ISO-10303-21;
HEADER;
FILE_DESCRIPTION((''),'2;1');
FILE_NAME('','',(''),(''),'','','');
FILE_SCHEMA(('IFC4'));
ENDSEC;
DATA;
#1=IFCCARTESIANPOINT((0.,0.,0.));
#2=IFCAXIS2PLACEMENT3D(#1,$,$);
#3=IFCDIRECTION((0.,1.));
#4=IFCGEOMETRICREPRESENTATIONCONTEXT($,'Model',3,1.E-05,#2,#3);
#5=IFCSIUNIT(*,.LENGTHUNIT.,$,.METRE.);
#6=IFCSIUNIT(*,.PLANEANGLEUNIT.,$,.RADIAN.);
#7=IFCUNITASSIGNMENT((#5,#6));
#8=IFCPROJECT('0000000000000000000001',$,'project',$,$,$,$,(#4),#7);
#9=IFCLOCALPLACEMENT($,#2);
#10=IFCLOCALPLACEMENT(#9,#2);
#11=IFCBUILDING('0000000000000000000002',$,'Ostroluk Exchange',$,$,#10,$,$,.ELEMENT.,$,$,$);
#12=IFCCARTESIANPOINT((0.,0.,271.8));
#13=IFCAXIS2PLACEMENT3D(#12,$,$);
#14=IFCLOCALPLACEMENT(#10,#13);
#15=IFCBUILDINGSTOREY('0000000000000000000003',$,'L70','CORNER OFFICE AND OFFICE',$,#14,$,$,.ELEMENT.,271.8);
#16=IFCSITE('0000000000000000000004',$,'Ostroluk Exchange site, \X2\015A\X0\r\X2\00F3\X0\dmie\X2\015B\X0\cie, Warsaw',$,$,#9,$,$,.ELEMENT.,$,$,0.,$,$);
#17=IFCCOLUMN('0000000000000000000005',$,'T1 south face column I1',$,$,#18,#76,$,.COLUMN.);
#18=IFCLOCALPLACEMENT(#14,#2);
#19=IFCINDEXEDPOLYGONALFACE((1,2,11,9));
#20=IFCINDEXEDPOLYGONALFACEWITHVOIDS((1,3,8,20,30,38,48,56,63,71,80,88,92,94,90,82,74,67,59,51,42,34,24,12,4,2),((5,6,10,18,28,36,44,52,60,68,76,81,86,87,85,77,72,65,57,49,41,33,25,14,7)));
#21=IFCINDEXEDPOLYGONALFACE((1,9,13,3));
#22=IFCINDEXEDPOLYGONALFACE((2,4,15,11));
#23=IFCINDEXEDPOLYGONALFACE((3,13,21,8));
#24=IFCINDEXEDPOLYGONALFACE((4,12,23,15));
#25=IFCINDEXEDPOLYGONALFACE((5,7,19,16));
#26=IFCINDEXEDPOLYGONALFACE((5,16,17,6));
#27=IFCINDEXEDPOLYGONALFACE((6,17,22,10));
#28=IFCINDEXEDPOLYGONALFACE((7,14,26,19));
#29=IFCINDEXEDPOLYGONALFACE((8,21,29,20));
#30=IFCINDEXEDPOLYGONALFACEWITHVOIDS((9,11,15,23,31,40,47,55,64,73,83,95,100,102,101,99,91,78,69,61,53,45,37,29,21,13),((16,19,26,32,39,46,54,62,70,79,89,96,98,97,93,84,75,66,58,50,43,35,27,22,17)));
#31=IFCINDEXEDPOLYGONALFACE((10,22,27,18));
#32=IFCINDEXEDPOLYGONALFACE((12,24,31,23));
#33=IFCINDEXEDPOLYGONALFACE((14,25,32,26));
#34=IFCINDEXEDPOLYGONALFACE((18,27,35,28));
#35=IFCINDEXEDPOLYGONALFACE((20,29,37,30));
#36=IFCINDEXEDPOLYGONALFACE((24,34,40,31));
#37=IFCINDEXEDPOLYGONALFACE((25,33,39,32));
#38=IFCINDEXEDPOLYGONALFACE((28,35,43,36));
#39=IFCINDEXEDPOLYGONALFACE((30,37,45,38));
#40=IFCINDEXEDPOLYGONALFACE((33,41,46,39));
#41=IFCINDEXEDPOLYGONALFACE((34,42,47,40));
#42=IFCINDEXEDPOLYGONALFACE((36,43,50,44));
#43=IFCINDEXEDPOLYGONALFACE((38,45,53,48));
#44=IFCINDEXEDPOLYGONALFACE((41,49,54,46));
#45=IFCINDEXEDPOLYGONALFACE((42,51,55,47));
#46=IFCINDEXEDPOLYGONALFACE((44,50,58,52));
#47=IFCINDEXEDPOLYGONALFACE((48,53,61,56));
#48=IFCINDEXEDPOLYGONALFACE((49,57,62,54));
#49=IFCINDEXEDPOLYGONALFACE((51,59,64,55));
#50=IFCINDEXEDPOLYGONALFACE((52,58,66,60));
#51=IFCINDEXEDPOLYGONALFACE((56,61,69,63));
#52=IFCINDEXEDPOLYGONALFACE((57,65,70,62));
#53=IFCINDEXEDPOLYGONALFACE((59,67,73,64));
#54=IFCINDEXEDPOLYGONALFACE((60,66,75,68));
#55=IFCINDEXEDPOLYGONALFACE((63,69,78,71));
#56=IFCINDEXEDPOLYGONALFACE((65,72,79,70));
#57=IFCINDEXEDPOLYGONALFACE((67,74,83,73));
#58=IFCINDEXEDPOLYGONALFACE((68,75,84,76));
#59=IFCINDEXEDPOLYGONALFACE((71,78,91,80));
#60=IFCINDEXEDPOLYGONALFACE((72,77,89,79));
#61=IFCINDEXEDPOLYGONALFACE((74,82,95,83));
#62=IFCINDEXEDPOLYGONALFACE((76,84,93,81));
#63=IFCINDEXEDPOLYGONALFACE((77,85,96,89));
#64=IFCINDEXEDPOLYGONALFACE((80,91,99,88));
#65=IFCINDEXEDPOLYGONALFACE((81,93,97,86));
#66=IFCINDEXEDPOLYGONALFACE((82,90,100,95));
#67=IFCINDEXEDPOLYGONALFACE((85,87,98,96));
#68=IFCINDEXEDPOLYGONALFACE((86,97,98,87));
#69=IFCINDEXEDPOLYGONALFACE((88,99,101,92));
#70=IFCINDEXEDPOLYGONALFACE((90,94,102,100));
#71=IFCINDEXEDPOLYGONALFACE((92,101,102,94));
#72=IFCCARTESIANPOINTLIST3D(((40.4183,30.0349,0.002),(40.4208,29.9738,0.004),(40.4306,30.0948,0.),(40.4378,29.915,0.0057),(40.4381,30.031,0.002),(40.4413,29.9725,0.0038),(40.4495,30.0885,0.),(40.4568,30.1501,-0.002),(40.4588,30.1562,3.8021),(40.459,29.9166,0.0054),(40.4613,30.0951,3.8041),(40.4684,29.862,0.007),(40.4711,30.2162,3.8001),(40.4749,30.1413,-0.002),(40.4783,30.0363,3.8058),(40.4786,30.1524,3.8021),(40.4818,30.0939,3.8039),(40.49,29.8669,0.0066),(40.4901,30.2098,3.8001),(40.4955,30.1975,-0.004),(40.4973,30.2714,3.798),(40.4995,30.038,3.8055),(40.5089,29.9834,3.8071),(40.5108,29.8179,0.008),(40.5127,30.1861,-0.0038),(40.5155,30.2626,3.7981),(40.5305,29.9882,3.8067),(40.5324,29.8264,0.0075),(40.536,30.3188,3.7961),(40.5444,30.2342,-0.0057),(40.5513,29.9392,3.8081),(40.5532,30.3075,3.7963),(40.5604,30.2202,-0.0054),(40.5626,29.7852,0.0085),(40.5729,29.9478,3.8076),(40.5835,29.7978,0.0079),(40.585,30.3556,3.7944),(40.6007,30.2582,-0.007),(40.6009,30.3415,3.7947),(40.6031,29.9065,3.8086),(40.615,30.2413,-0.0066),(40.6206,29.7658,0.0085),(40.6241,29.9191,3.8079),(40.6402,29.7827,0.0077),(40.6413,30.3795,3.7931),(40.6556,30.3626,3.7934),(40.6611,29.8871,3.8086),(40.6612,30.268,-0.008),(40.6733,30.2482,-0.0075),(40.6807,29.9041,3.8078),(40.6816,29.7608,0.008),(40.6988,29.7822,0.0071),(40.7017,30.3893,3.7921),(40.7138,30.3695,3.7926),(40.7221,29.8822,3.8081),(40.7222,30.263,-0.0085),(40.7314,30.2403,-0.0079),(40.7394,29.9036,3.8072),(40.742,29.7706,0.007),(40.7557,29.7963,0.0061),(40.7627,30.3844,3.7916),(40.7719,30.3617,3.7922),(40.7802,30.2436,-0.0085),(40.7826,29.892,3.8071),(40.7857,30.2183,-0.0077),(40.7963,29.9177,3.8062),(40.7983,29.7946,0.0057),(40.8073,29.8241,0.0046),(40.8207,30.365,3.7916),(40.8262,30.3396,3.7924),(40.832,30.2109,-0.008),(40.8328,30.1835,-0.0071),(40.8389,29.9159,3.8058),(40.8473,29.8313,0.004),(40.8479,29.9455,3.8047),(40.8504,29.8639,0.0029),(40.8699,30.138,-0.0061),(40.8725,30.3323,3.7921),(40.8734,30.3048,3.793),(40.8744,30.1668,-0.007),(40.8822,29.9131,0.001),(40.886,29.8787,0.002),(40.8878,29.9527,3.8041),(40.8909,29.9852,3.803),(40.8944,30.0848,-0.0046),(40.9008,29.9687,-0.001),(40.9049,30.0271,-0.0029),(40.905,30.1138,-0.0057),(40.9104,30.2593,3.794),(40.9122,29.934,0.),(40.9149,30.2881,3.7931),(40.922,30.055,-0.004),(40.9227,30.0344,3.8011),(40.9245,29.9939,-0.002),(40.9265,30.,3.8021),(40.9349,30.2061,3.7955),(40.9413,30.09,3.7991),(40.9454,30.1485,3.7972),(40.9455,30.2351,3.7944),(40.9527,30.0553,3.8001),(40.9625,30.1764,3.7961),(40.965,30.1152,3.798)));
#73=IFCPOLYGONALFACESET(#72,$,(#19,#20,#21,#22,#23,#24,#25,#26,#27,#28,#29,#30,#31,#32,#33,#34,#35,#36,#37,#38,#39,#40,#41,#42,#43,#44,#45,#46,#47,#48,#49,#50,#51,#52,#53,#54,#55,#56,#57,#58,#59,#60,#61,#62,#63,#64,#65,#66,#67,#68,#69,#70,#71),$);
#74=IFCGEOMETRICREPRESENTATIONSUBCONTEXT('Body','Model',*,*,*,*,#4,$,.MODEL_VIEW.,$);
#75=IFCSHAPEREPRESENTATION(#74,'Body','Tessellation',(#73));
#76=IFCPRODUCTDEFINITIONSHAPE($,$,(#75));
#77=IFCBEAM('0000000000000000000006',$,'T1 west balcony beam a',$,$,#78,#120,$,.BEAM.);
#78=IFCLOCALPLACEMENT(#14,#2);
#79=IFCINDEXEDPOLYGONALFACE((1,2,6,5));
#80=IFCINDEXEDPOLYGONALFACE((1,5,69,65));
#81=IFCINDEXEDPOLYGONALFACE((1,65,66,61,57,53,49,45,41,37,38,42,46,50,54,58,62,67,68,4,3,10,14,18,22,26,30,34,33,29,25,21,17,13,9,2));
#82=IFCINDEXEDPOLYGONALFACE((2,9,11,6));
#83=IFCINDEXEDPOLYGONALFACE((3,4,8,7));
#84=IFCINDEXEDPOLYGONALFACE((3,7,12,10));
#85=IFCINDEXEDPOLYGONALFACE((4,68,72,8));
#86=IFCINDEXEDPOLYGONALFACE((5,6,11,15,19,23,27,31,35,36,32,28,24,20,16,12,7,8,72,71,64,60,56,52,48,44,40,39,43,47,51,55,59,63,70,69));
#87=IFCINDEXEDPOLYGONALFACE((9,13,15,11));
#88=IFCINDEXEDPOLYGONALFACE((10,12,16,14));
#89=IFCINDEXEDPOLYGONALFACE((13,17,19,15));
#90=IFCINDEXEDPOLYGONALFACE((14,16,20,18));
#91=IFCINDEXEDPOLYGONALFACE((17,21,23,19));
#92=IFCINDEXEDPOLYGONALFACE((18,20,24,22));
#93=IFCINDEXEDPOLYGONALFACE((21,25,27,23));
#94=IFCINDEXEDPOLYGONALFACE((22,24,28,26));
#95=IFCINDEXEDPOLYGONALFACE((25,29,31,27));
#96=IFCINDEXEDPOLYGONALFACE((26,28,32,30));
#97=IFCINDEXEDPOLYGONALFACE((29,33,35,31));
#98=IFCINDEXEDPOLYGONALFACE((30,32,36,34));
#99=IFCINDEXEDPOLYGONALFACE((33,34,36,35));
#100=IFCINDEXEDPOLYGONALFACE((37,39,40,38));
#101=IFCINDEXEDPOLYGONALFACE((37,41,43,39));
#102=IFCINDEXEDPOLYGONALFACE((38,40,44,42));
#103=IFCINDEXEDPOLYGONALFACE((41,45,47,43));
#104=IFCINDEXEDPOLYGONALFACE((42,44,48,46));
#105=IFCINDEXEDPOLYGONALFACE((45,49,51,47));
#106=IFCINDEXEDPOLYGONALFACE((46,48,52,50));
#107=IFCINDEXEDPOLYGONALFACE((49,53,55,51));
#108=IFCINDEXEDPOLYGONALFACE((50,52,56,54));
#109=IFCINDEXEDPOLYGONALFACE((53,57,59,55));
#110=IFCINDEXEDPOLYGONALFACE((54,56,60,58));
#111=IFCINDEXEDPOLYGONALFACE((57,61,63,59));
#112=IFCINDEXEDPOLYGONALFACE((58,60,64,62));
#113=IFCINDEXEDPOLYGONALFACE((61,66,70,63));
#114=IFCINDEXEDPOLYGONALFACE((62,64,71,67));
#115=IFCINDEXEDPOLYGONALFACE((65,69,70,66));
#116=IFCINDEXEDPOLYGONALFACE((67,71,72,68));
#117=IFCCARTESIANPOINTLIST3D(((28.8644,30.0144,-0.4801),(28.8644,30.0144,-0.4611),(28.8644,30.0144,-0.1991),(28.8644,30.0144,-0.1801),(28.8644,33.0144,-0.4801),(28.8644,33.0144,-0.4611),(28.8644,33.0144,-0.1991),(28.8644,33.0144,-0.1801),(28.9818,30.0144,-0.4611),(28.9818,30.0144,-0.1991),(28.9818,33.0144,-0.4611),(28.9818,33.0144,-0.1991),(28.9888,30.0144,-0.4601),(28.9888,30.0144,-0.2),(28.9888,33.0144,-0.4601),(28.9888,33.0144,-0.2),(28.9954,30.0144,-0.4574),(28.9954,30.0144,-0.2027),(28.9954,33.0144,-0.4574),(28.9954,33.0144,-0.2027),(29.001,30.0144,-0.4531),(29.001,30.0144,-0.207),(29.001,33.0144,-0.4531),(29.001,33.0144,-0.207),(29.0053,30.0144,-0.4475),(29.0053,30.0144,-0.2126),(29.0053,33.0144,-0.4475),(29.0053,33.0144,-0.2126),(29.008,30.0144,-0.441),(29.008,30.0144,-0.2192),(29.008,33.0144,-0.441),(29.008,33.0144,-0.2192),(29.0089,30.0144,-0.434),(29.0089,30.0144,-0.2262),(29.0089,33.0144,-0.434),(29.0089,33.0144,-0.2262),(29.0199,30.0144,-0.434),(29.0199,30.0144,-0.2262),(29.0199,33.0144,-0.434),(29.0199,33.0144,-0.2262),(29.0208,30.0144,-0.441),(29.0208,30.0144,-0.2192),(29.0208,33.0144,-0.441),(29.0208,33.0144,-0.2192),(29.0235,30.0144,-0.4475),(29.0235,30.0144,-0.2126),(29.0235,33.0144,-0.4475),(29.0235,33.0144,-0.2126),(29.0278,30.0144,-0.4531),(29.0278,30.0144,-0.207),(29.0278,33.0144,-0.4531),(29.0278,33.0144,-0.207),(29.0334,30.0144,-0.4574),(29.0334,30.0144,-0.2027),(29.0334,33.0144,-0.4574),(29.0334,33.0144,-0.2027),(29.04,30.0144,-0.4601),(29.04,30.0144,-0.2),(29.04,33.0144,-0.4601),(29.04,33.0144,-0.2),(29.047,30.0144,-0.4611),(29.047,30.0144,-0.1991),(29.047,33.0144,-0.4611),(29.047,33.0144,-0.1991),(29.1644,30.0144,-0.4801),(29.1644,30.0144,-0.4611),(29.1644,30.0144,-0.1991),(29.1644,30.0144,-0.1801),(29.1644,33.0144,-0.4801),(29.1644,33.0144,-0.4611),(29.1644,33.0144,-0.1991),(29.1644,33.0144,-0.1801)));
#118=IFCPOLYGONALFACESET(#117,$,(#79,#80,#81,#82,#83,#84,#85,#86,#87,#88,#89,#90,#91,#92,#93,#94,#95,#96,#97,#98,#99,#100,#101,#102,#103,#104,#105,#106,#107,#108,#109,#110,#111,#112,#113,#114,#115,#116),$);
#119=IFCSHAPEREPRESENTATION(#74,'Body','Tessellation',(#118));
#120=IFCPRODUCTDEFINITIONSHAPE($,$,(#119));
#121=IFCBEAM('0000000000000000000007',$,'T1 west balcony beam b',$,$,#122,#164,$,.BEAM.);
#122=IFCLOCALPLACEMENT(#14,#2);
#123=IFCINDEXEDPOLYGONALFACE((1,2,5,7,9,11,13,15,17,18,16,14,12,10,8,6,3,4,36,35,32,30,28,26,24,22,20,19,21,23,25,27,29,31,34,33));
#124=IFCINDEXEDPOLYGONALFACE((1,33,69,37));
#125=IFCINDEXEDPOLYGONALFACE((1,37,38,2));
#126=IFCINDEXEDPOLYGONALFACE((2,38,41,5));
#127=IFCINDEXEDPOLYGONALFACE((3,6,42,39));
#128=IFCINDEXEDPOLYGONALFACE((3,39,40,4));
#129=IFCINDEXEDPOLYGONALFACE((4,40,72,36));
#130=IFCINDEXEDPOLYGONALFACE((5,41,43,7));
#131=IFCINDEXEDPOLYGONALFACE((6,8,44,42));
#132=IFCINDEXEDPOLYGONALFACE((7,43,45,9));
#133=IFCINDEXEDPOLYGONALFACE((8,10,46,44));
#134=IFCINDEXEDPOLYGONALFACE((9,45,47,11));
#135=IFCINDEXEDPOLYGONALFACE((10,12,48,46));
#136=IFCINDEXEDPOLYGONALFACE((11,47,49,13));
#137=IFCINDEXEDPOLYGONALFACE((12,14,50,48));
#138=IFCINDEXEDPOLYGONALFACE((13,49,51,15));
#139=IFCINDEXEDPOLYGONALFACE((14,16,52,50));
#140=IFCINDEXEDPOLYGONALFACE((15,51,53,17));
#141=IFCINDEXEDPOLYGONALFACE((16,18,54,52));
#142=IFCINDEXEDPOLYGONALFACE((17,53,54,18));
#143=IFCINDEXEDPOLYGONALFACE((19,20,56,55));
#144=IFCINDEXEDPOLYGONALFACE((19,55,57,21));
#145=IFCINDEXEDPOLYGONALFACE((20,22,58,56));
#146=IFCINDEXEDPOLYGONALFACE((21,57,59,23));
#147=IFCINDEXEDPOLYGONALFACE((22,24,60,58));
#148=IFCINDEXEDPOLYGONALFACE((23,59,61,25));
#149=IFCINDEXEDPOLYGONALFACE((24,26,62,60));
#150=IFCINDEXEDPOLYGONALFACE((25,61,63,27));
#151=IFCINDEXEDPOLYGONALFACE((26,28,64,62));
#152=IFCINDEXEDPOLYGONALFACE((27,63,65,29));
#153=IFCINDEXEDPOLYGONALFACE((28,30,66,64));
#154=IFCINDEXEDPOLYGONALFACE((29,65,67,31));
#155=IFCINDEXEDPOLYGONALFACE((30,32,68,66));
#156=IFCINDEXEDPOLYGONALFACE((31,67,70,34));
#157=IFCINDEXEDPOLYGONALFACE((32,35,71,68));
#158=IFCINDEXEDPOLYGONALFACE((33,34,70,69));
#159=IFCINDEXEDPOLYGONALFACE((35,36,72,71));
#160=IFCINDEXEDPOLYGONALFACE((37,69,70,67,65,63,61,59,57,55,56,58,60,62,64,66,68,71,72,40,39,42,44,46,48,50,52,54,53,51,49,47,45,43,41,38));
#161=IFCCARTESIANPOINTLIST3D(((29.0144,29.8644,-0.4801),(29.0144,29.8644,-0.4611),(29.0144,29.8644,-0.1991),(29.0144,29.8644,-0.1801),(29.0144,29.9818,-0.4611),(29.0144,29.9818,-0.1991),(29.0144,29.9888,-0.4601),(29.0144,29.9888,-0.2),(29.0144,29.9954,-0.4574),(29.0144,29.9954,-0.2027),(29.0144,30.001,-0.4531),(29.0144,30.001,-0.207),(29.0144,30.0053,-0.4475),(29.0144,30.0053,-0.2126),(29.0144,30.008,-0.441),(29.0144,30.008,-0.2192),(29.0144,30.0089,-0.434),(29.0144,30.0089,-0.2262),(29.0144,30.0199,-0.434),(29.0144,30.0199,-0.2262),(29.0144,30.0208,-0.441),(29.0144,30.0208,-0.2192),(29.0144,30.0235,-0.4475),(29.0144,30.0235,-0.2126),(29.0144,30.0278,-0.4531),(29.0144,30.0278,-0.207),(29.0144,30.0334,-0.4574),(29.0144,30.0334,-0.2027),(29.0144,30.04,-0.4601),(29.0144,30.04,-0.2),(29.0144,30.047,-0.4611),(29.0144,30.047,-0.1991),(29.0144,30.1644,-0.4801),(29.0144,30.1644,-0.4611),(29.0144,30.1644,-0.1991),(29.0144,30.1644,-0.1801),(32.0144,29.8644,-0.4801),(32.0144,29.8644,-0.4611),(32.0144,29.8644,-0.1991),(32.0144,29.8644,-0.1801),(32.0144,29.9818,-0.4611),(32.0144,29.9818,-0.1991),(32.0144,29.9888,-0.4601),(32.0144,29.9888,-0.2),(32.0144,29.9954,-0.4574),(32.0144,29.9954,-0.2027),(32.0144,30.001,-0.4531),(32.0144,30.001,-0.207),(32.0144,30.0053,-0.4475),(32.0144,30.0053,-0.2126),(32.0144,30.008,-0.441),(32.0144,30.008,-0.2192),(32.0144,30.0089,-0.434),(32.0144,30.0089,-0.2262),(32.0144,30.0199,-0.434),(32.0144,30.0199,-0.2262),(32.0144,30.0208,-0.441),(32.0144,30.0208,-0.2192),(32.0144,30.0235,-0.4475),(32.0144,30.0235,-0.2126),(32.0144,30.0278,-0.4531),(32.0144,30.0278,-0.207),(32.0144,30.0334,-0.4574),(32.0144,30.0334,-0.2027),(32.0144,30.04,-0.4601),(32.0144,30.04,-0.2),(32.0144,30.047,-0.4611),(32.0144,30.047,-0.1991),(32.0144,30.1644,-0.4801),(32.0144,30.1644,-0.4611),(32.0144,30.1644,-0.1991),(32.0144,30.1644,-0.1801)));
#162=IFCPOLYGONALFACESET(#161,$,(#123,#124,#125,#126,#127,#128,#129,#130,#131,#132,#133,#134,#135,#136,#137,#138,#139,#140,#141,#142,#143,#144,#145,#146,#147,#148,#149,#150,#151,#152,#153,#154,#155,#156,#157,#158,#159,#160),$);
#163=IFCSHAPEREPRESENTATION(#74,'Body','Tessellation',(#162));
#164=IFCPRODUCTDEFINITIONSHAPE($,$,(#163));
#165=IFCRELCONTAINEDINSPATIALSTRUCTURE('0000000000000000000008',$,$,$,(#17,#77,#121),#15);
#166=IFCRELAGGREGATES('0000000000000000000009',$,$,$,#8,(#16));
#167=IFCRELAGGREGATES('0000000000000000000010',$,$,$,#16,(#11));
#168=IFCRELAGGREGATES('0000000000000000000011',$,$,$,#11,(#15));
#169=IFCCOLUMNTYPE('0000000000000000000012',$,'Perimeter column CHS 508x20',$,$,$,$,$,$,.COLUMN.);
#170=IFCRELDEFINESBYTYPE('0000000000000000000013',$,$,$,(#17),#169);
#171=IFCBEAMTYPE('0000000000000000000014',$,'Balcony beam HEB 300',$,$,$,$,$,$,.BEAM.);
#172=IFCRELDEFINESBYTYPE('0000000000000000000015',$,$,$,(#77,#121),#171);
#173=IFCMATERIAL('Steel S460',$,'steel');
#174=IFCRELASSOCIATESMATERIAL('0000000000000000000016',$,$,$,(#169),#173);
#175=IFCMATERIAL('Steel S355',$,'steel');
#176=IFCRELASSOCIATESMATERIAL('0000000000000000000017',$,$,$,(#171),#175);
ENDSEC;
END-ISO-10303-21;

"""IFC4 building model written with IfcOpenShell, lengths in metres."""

from ifc_helpers import new_model, si_unit, direction, frame, origin, origin_2d, place, context, subcontext, project, spatial, hollow_circle, i_section, extrude, material, material_profile, profile_set, type_object, element, save


model = new_model("IFC4")

# Units and contexts
model_context = context("Model", 3, precision=1e-05, world=origin(), true_north=direction((0.0, 1.0)))
body_context = subcontext(model_context, "Body", "Model", "MODEL_VIEW")
ifc_project = project(units=[si_unit("LENGTHUNIT", "METRE"), si_unit("PLANEANGLEUNIT", "RADIAN")], contexts=[model_context])

# Site, building, storey
site_placement = place(None, origin())
site = spatial("IfcSite", under=ifc_project, at=site_placement, Name="Ostroluk Exchange site, Śródmieście, Warsaw", CompositionType="ELEMENT", RefElevation=0.0)
building_placement = place(site_placement, origin())
building = spatial("IfcBuilding", under=site, at=building_placement, Name="Ostroluk Exchange", CompositionType="ELEMENT")
storey_placement = place(building_placement, frame((0.0, 0.0, 271.8)))
storey = spatial("IfcBuildingStorey", under=building, at=storey_placement, Name="L70", Description="CORNER OFFICE AND OFFICE", CompositionType="ELEMENT", Elevation=271.8)

# Column
ifc_material_1 = material(Name="Steel S460", Category="steel")
ifc_material_profile_1 = material_profile(ifc_material_1, hollow_circle(Radius=0.2539, WallThickness=0.02, at=origin_2d()), Name="CHS 508x20")
ifc_profile_set_1 = profile_set([ifc_material_profile_1], Name="Steel S460")
column_type_1 = type_object("IfcColumnType", Name="Perimeter column CHS 508x20", PredefinedType="COLUMN", material=ifc_profile_set_1)
column_1_placement = place(storey_placement, frame((40.6714, 30.0144, 0.0), z_axis=(0.010659, 0.031913, 0.999434), x_axis=(-0.948492, 0.3168, 0.0)))
element("IfcColumn", 1, at=column_1_placement, inside=storey, type_object=column_type_1, Name="T1 south face column I1", PredefinedType="COLUMN", context=body_context, shape_type="SweptSolid", body=[
    extrude(hollow_circle(Radius=0.2539, WallThickness=0.02, at=origin_2d()), origin(), (0.0, 0.0, 1.0), 3.8022),
])

# Beams
ifc_material_2 = material(Name="Steel S355", Category="steel")
ifc_material_profile_2 = material_profile(ifc_material_2, i_section(OverallWidth=0.3, OverallDepth=0.3, WebThickness=0.011, FlangeThickness=0.019, FilletRadius=0.0271, at=origin_2d()), Name="HEB 300")
ifc_profile_set_2 = profile_set([ifc_material_profile_2], Name="Steel S355")
beam_type_1 = type_object("IfcBeamType", Name="Balcony beam HEB 300", PredefinedType="BEAM", material=ifc_profile_set_2)
for number, where, z_axis, x_axis, name in (
    (2, (29.0144, 33.0144, -0.3301), (0.0, -1.0, 0.0), (1.0, 0.0, 0.0), "T1 west balcony beam a"),
    (3, (32.0144, 30.0144, -0.3301), (-1.0, 0.0, 0.0), (0.0, -1.0, 0.0), "T1 west balcony beam b"),
):
    element("IfcBeam", number, at=place(storey_placement, frame(where, z_axis=z_axis, x_axis=x_axis)), inside=storey, type_object=beam_type_1, Name=name, PredefinedType="BEAM", context=body_context, shape_type="SweptSolid", body=[
        extrude(i_section(OverallWidth=0.3, OverallDepth=0.3, WebThickness=0.011, FlangeThickness=0.019, FilletRadius=0.0271, at=origin_2d()), origin(), (0.0, 0.0, 1.0), 3.0),
    ])

save(model, "model.ifc")
